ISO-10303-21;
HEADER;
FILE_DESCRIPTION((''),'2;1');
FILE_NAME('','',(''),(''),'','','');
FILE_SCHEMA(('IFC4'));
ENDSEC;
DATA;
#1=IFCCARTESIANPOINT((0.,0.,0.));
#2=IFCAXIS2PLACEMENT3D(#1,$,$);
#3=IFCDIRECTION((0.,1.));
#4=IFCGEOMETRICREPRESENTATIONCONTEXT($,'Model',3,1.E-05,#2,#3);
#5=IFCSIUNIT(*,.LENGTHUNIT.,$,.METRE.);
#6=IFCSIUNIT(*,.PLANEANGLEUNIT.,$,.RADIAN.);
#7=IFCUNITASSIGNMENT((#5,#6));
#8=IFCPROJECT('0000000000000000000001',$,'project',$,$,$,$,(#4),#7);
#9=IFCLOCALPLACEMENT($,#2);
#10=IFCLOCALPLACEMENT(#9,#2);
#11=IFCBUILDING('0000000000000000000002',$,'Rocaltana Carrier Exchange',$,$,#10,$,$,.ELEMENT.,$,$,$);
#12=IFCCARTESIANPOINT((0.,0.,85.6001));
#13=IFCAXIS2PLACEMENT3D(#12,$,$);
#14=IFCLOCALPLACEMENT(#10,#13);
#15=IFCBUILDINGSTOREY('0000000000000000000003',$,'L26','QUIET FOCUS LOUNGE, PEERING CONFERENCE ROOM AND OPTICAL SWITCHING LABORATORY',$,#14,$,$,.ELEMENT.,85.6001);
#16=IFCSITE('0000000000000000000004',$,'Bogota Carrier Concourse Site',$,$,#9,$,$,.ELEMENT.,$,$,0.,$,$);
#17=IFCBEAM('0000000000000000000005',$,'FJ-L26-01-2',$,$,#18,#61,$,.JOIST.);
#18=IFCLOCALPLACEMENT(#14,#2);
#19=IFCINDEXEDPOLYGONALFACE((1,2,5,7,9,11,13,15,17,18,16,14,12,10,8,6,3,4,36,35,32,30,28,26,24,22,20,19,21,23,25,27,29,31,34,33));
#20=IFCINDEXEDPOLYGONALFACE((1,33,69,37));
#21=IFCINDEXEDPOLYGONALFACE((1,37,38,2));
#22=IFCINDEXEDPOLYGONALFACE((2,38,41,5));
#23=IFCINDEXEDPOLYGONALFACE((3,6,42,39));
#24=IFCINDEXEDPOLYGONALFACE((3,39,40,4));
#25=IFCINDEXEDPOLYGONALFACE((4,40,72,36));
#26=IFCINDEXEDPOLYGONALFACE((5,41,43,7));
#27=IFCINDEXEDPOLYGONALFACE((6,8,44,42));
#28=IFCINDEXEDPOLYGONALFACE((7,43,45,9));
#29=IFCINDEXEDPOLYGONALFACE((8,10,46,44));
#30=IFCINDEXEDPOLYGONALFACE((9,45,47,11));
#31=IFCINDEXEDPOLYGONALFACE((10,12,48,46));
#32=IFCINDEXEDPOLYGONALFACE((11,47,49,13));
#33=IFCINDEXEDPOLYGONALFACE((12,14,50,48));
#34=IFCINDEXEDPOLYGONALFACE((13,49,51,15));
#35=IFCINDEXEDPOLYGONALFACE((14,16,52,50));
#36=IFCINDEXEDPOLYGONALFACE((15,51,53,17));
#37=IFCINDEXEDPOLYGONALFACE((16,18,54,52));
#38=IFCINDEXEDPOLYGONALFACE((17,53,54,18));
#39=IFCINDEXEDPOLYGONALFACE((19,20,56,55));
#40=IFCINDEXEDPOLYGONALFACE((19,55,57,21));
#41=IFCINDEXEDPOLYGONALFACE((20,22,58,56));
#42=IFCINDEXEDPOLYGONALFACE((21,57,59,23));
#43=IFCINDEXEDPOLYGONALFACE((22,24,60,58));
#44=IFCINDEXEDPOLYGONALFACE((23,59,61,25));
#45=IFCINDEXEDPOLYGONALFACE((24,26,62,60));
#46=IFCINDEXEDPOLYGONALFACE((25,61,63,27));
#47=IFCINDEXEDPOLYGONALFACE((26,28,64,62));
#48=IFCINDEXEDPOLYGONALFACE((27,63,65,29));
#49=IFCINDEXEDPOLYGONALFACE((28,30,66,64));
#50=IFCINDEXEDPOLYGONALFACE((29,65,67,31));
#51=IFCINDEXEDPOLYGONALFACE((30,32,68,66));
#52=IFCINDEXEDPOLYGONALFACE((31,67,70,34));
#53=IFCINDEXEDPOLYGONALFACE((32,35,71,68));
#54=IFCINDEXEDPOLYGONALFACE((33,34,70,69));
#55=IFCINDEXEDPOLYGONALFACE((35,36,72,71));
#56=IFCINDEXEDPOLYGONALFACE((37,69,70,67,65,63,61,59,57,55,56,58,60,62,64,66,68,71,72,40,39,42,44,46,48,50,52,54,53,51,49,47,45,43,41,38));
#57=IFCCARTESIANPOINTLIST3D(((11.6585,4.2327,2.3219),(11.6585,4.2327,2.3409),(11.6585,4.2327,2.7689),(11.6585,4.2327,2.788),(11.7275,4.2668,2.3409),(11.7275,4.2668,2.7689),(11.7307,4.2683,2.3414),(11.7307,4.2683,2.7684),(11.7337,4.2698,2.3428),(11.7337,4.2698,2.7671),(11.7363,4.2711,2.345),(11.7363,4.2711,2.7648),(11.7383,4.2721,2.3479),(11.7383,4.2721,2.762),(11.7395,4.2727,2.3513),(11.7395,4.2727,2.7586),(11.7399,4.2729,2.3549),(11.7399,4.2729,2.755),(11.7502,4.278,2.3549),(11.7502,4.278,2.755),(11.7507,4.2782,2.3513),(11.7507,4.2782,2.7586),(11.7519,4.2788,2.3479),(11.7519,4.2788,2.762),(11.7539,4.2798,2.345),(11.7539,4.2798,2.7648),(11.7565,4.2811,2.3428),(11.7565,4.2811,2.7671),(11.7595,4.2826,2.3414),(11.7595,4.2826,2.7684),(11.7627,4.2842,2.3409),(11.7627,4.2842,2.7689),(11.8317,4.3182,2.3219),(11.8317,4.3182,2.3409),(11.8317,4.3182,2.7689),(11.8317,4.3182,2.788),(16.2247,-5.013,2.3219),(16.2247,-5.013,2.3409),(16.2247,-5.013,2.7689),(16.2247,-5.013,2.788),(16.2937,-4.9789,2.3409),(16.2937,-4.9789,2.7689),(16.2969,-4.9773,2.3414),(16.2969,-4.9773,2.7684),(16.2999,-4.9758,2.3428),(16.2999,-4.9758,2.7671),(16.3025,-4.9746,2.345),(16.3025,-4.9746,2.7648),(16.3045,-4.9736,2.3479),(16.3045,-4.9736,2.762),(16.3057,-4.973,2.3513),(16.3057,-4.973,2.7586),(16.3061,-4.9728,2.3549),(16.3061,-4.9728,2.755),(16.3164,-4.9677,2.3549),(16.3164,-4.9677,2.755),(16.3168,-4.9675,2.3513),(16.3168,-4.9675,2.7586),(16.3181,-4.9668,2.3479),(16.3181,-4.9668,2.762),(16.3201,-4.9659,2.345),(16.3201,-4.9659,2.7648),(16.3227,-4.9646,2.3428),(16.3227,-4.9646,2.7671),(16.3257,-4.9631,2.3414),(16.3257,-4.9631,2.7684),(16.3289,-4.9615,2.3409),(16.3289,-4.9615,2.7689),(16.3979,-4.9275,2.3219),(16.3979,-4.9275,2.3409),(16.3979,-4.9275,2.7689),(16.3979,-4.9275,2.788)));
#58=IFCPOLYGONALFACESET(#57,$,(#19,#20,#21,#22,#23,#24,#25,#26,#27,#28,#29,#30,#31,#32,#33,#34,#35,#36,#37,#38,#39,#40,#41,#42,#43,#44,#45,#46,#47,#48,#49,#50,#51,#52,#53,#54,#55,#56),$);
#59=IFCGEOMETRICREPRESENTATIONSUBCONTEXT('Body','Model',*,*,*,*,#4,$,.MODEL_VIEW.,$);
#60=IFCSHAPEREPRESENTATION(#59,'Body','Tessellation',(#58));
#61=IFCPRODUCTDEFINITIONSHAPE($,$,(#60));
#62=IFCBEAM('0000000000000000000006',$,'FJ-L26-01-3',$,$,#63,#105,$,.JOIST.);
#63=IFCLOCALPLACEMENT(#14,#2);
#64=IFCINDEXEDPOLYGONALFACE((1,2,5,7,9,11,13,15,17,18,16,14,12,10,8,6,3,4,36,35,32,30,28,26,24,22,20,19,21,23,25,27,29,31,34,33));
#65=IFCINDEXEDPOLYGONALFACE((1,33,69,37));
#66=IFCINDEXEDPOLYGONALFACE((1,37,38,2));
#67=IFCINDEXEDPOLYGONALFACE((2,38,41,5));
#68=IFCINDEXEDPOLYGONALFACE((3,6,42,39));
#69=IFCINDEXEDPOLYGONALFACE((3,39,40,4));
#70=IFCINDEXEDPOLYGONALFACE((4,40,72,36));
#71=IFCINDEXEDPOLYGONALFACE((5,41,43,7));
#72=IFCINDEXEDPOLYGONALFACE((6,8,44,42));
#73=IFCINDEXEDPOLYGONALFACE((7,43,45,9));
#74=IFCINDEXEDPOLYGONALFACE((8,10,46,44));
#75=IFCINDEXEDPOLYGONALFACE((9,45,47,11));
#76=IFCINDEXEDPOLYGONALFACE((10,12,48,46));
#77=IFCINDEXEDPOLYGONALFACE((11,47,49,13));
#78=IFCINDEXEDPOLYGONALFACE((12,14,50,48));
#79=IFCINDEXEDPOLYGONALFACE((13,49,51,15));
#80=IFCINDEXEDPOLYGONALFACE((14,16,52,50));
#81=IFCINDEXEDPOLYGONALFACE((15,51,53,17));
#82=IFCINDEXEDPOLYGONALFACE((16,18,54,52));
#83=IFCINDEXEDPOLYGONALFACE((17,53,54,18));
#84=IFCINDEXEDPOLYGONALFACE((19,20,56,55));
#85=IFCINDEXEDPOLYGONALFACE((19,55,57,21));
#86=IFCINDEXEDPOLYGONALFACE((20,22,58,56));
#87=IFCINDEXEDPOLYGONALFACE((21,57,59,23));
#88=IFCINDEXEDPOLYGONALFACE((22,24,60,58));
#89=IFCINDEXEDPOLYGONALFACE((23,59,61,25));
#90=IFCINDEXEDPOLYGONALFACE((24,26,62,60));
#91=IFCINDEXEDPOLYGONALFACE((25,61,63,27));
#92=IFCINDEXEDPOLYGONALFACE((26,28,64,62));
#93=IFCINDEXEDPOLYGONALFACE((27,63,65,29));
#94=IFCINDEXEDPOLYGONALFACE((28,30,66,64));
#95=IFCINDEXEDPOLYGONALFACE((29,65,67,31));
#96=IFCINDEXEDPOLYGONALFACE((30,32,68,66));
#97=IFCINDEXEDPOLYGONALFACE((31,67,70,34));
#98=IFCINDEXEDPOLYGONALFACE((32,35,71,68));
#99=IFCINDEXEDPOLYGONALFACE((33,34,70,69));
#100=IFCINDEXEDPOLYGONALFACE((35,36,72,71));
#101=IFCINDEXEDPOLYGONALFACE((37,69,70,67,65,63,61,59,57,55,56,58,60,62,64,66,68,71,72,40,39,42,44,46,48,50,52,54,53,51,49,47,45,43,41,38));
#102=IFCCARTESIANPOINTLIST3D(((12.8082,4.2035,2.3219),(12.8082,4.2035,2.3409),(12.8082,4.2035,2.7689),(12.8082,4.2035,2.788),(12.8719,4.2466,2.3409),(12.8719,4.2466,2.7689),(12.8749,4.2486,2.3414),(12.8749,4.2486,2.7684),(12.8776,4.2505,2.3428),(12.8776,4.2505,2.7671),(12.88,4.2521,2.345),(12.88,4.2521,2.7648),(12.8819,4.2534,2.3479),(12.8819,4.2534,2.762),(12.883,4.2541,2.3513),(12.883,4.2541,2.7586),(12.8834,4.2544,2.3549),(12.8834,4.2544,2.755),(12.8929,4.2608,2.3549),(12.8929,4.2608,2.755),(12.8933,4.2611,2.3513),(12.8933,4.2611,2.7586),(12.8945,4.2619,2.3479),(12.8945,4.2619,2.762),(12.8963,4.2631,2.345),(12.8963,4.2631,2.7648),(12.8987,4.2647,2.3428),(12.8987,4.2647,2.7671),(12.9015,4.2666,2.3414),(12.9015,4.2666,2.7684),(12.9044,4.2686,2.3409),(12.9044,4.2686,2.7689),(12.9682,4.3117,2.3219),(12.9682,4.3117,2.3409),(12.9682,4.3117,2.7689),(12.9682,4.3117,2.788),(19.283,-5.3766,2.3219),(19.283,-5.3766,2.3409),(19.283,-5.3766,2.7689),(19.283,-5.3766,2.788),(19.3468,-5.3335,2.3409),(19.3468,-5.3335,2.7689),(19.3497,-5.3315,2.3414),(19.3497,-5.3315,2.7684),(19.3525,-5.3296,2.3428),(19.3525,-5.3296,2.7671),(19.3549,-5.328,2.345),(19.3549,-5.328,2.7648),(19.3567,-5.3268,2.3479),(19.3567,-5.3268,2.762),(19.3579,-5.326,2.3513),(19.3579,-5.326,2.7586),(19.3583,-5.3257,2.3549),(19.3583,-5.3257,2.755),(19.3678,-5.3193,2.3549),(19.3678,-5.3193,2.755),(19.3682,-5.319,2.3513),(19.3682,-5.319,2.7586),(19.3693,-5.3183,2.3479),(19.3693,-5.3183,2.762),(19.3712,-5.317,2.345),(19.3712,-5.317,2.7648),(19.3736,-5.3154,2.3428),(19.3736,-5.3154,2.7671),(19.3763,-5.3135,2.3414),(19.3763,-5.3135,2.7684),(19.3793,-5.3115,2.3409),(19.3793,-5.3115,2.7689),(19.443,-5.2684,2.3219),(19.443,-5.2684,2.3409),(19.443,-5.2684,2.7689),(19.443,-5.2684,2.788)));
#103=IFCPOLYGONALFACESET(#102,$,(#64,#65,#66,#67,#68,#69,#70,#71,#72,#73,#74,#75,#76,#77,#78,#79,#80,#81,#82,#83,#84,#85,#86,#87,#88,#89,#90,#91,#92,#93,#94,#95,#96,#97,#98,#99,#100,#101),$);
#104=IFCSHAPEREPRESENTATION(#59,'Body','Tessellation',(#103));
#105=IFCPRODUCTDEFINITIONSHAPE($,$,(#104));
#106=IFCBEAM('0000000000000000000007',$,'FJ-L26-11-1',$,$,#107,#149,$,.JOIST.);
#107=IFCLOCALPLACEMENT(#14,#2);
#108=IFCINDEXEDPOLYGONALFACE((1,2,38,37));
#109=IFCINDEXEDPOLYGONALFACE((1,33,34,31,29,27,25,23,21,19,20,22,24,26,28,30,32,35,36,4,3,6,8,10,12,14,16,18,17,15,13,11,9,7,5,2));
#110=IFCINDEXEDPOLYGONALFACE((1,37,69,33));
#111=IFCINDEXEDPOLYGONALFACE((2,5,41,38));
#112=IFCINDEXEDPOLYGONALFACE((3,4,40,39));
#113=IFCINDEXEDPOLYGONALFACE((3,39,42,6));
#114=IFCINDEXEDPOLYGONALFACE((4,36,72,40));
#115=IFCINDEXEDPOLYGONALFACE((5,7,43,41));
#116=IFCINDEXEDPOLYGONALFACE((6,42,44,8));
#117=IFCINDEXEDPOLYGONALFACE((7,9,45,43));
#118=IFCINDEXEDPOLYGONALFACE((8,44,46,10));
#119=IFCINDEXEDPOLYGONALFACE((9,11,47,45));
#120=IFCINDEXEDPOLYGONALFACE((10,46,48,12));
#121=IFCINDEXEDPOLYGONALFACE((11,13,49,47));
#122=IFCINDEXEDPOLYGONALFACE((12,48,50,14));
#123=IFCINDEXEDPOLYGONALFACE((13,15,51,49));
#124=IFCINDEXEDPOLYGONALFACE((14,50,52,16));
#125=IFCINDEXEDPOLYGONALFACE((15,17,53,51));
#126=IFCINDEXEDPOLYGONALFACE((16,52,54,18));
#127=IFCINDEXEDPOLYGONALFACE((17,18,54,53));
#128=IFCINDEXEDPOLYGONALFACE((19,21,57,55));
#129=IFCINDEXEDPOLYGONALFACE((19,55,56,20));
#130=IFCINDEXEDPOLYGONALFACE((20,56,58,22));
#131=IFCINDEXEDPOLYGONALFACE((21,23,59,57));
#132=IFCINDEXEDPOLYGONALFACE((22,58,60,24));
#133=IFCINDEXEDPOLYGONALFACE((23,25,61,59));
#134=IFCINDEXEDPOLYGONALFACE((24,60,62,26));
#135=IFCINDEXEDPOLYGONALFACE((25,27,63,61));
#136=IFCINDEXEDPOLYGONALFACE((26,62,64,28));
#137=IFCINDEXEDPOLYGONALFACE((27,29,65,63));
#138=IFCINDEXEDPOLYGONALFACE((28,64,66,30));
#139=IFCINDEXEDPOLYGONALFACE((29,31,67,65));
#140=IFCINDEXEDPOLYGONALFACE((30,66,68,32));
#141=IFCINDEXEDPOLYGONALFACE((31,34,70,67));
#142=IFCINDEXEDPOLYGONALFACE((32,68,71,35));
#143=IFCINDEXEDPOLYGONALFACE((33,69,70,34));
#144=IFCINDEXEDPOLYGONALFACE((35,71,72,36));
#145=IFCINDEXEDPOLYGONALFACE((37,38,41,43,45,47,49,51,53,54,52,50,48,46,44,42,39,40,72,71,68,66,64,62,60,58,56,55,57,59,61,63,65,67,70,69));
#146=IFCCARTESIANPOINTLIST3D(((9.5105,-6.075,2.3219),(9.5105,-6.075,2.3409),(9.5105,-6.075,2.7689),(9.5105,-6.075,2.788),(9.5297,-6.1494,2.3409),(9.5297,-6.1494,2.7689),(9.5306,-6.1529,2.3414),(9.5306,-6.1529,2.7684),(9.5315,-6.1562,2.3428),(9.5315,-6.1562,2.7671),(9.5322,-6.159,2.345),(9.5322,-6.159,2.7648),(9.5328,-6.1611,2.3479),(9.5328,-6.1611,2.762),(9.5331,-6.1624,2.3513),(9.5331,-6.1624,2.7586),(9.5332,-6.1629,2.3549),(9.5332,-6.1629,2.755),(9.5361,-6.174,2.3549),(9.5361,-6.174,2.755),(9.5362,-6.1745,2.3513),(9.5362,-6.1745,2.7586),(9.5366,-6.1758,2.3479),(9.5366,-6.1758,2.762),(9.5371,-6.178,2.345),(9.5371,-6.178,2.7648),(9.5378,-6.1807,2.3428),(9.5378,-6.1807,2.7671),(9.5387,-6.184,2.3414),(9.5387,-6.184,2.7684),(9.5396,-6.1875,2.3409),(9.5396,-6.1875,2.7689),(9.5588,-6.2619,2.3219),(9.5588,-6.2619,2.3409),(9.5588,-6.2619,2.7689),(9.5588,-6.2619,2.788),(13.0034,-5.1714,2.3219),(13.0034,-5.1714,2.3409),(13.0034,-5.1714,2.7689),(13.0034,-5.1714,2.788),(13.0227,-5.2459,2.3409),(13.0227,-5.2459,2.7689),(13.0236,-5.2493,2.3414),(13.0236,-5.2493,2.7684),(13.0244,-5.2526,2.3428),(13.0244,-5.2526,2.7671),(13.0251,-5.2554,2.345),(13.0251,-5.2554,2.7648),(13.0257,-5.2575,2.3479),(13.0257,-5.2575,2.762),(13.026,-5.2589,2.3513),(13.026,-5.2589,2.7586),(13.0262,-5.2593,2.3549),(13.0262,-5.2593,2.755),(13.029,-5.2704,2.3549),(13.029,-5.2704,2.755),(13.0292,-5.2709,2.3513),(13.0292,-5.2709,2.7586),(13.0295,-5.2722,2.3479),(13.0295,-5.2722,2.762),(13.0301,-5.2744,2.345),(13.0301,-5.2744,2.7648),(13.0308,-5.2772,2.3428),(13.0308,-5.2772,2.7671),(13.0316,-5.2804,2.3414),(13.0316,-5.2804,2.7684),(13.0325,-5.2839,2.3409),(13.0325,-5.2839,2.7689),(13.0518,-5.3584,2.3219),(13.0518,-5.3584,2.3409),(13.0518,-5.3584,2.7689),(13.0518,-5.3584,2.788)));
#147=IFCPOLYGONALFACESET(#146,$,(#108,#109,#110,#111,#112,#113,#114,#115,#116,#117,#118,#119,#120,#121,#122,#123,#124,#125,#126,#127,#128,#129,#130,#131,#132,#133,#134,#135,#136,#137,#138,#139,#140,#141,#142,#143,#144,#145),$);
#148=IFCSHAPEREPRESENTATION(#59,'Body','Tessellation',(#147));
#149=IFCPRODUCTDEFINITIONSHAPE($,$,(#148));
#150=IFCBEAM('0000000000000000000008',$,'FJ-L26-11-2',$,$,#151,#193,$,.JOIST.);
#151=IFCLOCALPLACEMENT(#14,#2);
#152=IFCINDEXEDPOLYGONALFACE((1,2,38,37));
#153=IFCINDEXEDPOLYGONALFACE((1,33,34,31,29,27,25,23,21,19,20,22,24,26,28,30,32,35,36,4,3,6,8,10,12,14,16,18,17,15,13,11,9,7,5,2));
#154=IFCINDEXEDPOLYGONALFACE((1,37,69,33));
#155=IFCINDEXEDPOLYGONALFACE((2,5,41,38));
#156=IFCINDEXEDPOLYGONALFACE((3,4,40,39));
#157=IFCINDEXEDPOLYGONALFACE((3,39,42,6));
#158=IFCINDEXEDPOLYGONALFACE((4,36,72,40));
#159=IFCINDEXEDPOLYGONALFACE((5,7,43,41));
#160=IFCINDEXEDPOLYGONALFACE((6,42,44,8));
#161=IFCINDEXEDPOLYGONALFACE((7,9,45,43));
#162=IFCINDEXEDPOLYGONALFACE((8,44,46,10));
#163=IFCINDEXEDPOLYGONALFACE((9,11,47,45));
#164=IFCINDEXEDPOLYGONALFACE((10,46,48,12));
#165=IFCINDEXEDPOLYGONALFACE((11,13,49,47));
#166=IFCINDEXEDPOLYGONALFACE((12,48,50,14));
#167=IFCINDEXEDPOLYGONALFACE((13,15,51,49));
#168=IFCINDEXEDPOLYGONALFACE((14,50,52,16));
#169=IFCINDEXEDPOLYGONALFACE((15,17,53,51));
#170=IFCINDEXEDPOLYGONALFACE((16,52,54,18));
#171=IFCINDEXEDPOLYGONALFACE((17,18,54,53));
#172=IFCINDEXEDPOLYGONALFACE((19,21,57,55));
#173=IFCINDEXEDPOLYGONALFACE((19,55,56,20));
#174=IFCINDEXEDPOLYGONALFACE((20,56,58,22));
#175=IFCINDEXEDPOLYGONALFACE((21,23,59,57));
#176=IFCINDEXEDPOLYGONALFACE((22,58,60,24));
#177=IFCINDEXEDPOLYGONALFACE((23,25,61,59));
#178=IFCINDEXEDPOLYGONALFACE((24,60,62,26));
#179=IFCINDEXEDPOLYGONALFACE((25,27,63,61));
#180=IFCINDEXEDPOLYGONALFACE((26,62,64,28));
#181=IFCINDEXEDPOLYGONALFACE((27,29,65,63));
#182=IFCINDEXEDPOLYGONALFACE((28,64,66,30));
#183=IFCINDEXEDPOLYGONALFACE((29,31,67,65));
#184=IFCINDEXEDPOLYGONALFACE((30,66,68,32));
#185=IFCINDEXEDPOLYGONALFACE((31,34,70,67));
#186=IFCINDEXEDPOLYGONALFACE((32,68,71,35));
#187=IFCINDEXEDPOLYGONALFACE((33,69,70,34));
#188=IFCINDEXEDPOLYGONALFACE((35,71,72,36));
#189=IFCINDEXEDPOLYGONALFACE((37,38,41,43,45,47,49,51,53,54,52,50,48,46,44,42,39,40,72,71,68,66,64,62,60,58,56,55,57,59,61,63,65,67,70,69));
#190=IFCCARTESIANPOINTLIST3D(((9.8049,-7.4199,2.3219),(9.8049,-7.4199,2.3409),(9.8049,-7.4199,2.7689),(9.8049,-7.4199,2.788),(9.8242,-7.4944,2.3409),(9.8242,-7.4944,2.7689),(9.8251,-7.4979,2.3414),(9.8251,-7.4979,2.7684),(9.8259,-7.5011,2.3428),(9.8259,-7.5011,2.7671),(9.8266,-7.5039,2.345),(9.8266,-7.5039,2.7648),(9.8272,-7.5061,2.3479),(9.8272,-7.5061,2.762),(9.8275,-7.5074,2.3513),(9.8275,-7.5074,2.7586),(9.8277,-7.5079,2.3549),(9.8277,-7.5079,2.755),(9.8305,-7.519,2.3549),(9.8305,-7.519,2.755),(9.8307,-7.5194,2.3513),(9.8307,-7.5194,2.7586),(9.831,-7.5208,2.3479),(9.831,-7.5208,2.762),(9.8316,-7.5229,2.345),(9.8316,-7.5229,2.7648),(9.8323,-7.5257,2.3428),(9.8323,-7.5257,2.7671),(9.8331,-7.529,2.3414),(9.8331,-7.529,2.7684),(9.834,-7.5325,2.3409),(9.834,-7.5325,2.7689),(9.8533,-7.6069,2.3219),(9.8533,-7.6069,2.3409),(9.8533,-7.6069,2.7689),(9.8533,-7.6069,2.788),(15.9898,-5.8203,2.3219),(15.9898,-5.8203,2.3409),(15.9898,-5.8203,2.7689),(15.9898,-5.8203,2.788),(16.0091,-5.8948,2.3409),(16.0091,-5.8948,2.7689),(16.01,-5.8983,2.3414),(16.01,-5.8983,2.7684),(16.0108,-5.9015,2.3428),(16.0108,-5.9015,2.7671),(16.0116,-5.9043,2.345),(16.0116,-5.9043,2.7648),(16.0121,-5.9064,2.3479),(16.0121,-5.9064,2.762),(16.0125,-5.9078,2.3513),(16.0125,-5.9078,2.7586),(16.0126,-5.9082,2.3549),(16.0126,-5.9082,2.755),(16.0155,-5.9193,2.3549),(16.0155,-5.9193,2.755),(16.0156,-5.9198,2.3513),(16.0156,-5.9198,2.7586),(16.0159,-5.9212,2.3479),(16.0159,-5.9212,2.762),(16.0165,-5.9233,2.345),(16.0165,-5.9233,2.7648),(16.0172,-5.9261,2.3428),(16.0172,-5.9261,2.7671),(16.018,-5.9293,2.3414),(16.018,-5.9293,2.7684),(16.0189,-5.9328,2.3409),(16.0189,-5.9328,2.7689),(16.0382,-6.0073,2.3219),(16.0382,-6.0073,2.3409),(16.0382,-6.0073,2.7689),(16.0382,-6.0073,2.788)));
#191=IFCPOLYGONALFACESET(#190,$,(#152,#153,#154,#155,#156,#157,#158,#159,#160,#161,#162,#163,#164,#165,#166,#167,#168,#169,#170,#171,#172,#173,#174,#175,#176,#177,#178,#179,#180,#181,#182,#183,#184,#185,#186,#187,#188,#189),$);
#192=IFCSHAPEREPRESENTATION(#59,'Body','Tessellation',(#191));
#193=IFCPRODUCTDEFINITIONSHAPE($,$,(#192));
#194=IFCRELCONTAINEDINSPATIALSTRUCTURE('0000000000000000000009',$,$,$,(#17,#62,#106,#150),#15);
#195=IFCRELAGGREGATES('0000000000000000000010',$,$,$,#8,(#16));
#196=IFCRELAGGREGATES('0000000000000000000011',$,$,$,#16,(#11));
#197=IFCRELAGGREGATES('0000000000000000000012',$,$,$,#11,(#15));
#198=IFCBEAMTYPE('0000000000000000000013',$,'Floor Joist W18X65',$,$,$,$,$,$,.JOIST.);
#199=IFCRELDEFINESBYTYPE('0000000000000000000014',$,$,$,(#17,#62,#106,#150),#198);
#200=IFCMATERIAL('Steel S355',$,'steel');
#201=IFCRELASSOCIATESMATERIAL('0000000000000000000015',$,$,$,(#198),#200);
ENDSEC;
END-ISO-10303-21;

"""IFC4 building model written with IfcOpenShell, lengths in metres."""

from ifc_helpers import new_model, si_unit, direction, frame, origin, origin_2d, place, context, subcontext, project, spatial, i_section, extrude, material, material_profile, profile_set, type_object, element, save


model = new_model("IFC4")

# Units and contexts
model_context = context("Model", 3, precision=1e-05, world=origin(), true_north=direction((0.0, 1.0)))
body_context = subcontext(model_context, "Body", "Model", "MODEL_VIEW")
ifc_project = project(units=[si_unit("LENGTHUNIT", "METRE"), si_unit("PLANEANGLEUNIT", "RADIAN")], contexts=[model_context])

# Site, building, storey
site_placement = place(None, origin())
site = spatial("IfcSite", under=ifc_project, at=site_placement, Name="Bogota Carrier Concourse Site", CompositionType="ELEMENT", RefElevation=0.0)
building_placement = place(site_placement, origin())
building = spatial("IfcBuilding", under=site, at=building_placement, Name="Rocaltana Carrier Exchange", CompositionType="ELEMENT")
storey_placement = place(building_placement, frame((0.0, 0.0, 85.6001)))
storey = spatial("IfcBuildingStorey", under=building, at=storey_placement, Name="L26", Description="QUIET FOCUS LOUNGE, PEERING CONFERENCE ROOM AND OPTICAL SWITCHING LABORATORY", CompositionType="ELEMENT", Elevation=85.6001)

# Beams
ifc_material_1 = material(Name="Steel S355", Category="steel")
ifc_material_profile_1 = material_profile(ifc_material_1, i_section(OverallWidth=0.1931, OverallDepth=0.4661, WebThickness=0.0115, FlangeThickness=0.019, FilletRadius=0.0139, at=origin_2d()), Name="W18X65")
ifc_profile_set_1 = profile_set([ifc_material_profile_1], Name="Steel S355")
beam_type_1 = type_object("IfcBeamType", Name="Floor Joist W18X65", PredefinedType="JOIST", material=ifc_profile_set_1)
beam_1_placement = place(storey_placement, frame((16.3113, -4.9702, 2.5549), z_axis=(-0.442814, 0.896614, 0.0), x_axis=(-0.896614, -0.442814, 0.0)))
element("IfcBeam", 1, at=beam_1_placement, inside=storey, type_object=beam_type_1, Name="FJ-L26-01-2", PredefinedType="JOIST", context=body_context, shape_type="SweptSolid", body=[
    extrude(i_section(OverallWidth=0.1931, OverallDepth=0.4661, WebThickness=0.0115, FlangeThickness=0.019, FilletRadius=0.0139, at=origin_2d()), origin(), (0.0, 0.0, 1.0), 10.3118),
])
beam_2_placement = place(storey_placement, frame((19.363, -5.3225, 2.5549), z_axis=(-0.559966, 0.828516, 0.0), x_axis=(-0.828516, -0.559966, 0.0)))
element("IfcBeam", 2, at=beam_2_placement, inside=storey, type_object=beam_type_1, Name="FJ-L26-01-3", PredefinedType="JOIST", context=body_context, shape_type="SweptSolid", body=[
    extrude(i_section(OverallWidth=0.1931, OverallDepth=0.4661, WebThickness=0.0115, FlangeThickness=0.019, FilletRadius=0.0139, at=origin_2d()), origin(), (0.0, 0.0, 1.0), 11.563),
])
beam_3_placement = place(storey_placement, frame((9.5347, -6.1685, 2.5549), z_axis=(0.968132, 0.250441, 0.0), x_axis=(-0.250441, 0.968132, 0.0)))
element("IfcBeam", 3, at=beam_3_placement, inside=storey, type_object=beam_type_1, Name="FJ-L26-11-1", PredefinedType="JOIST", context=body_context, shape_type="SweptSolid", body=[
    extrude(i_section(OverallWidth=0.1931, OverallDepth=0.4661, WebThickness=0.0115, FlangeThickness=0.019, FilletRadius=0.0139, at=origin_2d()), origin(), (0.0, 0.0, 1.0), 3.6079),
])
beam_4_placement = place(storey_placement, frame((9.8291, -7.5134, 2.5549), z_axis=(0.968144, 0.250396, 0.0), x_axis=(-0.250396, 0.968144, 0.0)))
element("IfcBeam", 4, at=beam_4_placement, inside=storey, type_object=beam_type_1, Name="FJ-L26-11-2", PredefinedType="JOIST", context=body_context, shape_type="SweptSolid", body=[
    extrude(i_section(OverallWidth=0.1931, OverallDepth=0.4661, WebThickness=0.0115, FlangeThickness=0.019, FilletRadius=0.0139, at=origin_2d()), origin(), (0.0, 0.0, 1.0), 6.3884),
])

save(model, "model.ifc")
